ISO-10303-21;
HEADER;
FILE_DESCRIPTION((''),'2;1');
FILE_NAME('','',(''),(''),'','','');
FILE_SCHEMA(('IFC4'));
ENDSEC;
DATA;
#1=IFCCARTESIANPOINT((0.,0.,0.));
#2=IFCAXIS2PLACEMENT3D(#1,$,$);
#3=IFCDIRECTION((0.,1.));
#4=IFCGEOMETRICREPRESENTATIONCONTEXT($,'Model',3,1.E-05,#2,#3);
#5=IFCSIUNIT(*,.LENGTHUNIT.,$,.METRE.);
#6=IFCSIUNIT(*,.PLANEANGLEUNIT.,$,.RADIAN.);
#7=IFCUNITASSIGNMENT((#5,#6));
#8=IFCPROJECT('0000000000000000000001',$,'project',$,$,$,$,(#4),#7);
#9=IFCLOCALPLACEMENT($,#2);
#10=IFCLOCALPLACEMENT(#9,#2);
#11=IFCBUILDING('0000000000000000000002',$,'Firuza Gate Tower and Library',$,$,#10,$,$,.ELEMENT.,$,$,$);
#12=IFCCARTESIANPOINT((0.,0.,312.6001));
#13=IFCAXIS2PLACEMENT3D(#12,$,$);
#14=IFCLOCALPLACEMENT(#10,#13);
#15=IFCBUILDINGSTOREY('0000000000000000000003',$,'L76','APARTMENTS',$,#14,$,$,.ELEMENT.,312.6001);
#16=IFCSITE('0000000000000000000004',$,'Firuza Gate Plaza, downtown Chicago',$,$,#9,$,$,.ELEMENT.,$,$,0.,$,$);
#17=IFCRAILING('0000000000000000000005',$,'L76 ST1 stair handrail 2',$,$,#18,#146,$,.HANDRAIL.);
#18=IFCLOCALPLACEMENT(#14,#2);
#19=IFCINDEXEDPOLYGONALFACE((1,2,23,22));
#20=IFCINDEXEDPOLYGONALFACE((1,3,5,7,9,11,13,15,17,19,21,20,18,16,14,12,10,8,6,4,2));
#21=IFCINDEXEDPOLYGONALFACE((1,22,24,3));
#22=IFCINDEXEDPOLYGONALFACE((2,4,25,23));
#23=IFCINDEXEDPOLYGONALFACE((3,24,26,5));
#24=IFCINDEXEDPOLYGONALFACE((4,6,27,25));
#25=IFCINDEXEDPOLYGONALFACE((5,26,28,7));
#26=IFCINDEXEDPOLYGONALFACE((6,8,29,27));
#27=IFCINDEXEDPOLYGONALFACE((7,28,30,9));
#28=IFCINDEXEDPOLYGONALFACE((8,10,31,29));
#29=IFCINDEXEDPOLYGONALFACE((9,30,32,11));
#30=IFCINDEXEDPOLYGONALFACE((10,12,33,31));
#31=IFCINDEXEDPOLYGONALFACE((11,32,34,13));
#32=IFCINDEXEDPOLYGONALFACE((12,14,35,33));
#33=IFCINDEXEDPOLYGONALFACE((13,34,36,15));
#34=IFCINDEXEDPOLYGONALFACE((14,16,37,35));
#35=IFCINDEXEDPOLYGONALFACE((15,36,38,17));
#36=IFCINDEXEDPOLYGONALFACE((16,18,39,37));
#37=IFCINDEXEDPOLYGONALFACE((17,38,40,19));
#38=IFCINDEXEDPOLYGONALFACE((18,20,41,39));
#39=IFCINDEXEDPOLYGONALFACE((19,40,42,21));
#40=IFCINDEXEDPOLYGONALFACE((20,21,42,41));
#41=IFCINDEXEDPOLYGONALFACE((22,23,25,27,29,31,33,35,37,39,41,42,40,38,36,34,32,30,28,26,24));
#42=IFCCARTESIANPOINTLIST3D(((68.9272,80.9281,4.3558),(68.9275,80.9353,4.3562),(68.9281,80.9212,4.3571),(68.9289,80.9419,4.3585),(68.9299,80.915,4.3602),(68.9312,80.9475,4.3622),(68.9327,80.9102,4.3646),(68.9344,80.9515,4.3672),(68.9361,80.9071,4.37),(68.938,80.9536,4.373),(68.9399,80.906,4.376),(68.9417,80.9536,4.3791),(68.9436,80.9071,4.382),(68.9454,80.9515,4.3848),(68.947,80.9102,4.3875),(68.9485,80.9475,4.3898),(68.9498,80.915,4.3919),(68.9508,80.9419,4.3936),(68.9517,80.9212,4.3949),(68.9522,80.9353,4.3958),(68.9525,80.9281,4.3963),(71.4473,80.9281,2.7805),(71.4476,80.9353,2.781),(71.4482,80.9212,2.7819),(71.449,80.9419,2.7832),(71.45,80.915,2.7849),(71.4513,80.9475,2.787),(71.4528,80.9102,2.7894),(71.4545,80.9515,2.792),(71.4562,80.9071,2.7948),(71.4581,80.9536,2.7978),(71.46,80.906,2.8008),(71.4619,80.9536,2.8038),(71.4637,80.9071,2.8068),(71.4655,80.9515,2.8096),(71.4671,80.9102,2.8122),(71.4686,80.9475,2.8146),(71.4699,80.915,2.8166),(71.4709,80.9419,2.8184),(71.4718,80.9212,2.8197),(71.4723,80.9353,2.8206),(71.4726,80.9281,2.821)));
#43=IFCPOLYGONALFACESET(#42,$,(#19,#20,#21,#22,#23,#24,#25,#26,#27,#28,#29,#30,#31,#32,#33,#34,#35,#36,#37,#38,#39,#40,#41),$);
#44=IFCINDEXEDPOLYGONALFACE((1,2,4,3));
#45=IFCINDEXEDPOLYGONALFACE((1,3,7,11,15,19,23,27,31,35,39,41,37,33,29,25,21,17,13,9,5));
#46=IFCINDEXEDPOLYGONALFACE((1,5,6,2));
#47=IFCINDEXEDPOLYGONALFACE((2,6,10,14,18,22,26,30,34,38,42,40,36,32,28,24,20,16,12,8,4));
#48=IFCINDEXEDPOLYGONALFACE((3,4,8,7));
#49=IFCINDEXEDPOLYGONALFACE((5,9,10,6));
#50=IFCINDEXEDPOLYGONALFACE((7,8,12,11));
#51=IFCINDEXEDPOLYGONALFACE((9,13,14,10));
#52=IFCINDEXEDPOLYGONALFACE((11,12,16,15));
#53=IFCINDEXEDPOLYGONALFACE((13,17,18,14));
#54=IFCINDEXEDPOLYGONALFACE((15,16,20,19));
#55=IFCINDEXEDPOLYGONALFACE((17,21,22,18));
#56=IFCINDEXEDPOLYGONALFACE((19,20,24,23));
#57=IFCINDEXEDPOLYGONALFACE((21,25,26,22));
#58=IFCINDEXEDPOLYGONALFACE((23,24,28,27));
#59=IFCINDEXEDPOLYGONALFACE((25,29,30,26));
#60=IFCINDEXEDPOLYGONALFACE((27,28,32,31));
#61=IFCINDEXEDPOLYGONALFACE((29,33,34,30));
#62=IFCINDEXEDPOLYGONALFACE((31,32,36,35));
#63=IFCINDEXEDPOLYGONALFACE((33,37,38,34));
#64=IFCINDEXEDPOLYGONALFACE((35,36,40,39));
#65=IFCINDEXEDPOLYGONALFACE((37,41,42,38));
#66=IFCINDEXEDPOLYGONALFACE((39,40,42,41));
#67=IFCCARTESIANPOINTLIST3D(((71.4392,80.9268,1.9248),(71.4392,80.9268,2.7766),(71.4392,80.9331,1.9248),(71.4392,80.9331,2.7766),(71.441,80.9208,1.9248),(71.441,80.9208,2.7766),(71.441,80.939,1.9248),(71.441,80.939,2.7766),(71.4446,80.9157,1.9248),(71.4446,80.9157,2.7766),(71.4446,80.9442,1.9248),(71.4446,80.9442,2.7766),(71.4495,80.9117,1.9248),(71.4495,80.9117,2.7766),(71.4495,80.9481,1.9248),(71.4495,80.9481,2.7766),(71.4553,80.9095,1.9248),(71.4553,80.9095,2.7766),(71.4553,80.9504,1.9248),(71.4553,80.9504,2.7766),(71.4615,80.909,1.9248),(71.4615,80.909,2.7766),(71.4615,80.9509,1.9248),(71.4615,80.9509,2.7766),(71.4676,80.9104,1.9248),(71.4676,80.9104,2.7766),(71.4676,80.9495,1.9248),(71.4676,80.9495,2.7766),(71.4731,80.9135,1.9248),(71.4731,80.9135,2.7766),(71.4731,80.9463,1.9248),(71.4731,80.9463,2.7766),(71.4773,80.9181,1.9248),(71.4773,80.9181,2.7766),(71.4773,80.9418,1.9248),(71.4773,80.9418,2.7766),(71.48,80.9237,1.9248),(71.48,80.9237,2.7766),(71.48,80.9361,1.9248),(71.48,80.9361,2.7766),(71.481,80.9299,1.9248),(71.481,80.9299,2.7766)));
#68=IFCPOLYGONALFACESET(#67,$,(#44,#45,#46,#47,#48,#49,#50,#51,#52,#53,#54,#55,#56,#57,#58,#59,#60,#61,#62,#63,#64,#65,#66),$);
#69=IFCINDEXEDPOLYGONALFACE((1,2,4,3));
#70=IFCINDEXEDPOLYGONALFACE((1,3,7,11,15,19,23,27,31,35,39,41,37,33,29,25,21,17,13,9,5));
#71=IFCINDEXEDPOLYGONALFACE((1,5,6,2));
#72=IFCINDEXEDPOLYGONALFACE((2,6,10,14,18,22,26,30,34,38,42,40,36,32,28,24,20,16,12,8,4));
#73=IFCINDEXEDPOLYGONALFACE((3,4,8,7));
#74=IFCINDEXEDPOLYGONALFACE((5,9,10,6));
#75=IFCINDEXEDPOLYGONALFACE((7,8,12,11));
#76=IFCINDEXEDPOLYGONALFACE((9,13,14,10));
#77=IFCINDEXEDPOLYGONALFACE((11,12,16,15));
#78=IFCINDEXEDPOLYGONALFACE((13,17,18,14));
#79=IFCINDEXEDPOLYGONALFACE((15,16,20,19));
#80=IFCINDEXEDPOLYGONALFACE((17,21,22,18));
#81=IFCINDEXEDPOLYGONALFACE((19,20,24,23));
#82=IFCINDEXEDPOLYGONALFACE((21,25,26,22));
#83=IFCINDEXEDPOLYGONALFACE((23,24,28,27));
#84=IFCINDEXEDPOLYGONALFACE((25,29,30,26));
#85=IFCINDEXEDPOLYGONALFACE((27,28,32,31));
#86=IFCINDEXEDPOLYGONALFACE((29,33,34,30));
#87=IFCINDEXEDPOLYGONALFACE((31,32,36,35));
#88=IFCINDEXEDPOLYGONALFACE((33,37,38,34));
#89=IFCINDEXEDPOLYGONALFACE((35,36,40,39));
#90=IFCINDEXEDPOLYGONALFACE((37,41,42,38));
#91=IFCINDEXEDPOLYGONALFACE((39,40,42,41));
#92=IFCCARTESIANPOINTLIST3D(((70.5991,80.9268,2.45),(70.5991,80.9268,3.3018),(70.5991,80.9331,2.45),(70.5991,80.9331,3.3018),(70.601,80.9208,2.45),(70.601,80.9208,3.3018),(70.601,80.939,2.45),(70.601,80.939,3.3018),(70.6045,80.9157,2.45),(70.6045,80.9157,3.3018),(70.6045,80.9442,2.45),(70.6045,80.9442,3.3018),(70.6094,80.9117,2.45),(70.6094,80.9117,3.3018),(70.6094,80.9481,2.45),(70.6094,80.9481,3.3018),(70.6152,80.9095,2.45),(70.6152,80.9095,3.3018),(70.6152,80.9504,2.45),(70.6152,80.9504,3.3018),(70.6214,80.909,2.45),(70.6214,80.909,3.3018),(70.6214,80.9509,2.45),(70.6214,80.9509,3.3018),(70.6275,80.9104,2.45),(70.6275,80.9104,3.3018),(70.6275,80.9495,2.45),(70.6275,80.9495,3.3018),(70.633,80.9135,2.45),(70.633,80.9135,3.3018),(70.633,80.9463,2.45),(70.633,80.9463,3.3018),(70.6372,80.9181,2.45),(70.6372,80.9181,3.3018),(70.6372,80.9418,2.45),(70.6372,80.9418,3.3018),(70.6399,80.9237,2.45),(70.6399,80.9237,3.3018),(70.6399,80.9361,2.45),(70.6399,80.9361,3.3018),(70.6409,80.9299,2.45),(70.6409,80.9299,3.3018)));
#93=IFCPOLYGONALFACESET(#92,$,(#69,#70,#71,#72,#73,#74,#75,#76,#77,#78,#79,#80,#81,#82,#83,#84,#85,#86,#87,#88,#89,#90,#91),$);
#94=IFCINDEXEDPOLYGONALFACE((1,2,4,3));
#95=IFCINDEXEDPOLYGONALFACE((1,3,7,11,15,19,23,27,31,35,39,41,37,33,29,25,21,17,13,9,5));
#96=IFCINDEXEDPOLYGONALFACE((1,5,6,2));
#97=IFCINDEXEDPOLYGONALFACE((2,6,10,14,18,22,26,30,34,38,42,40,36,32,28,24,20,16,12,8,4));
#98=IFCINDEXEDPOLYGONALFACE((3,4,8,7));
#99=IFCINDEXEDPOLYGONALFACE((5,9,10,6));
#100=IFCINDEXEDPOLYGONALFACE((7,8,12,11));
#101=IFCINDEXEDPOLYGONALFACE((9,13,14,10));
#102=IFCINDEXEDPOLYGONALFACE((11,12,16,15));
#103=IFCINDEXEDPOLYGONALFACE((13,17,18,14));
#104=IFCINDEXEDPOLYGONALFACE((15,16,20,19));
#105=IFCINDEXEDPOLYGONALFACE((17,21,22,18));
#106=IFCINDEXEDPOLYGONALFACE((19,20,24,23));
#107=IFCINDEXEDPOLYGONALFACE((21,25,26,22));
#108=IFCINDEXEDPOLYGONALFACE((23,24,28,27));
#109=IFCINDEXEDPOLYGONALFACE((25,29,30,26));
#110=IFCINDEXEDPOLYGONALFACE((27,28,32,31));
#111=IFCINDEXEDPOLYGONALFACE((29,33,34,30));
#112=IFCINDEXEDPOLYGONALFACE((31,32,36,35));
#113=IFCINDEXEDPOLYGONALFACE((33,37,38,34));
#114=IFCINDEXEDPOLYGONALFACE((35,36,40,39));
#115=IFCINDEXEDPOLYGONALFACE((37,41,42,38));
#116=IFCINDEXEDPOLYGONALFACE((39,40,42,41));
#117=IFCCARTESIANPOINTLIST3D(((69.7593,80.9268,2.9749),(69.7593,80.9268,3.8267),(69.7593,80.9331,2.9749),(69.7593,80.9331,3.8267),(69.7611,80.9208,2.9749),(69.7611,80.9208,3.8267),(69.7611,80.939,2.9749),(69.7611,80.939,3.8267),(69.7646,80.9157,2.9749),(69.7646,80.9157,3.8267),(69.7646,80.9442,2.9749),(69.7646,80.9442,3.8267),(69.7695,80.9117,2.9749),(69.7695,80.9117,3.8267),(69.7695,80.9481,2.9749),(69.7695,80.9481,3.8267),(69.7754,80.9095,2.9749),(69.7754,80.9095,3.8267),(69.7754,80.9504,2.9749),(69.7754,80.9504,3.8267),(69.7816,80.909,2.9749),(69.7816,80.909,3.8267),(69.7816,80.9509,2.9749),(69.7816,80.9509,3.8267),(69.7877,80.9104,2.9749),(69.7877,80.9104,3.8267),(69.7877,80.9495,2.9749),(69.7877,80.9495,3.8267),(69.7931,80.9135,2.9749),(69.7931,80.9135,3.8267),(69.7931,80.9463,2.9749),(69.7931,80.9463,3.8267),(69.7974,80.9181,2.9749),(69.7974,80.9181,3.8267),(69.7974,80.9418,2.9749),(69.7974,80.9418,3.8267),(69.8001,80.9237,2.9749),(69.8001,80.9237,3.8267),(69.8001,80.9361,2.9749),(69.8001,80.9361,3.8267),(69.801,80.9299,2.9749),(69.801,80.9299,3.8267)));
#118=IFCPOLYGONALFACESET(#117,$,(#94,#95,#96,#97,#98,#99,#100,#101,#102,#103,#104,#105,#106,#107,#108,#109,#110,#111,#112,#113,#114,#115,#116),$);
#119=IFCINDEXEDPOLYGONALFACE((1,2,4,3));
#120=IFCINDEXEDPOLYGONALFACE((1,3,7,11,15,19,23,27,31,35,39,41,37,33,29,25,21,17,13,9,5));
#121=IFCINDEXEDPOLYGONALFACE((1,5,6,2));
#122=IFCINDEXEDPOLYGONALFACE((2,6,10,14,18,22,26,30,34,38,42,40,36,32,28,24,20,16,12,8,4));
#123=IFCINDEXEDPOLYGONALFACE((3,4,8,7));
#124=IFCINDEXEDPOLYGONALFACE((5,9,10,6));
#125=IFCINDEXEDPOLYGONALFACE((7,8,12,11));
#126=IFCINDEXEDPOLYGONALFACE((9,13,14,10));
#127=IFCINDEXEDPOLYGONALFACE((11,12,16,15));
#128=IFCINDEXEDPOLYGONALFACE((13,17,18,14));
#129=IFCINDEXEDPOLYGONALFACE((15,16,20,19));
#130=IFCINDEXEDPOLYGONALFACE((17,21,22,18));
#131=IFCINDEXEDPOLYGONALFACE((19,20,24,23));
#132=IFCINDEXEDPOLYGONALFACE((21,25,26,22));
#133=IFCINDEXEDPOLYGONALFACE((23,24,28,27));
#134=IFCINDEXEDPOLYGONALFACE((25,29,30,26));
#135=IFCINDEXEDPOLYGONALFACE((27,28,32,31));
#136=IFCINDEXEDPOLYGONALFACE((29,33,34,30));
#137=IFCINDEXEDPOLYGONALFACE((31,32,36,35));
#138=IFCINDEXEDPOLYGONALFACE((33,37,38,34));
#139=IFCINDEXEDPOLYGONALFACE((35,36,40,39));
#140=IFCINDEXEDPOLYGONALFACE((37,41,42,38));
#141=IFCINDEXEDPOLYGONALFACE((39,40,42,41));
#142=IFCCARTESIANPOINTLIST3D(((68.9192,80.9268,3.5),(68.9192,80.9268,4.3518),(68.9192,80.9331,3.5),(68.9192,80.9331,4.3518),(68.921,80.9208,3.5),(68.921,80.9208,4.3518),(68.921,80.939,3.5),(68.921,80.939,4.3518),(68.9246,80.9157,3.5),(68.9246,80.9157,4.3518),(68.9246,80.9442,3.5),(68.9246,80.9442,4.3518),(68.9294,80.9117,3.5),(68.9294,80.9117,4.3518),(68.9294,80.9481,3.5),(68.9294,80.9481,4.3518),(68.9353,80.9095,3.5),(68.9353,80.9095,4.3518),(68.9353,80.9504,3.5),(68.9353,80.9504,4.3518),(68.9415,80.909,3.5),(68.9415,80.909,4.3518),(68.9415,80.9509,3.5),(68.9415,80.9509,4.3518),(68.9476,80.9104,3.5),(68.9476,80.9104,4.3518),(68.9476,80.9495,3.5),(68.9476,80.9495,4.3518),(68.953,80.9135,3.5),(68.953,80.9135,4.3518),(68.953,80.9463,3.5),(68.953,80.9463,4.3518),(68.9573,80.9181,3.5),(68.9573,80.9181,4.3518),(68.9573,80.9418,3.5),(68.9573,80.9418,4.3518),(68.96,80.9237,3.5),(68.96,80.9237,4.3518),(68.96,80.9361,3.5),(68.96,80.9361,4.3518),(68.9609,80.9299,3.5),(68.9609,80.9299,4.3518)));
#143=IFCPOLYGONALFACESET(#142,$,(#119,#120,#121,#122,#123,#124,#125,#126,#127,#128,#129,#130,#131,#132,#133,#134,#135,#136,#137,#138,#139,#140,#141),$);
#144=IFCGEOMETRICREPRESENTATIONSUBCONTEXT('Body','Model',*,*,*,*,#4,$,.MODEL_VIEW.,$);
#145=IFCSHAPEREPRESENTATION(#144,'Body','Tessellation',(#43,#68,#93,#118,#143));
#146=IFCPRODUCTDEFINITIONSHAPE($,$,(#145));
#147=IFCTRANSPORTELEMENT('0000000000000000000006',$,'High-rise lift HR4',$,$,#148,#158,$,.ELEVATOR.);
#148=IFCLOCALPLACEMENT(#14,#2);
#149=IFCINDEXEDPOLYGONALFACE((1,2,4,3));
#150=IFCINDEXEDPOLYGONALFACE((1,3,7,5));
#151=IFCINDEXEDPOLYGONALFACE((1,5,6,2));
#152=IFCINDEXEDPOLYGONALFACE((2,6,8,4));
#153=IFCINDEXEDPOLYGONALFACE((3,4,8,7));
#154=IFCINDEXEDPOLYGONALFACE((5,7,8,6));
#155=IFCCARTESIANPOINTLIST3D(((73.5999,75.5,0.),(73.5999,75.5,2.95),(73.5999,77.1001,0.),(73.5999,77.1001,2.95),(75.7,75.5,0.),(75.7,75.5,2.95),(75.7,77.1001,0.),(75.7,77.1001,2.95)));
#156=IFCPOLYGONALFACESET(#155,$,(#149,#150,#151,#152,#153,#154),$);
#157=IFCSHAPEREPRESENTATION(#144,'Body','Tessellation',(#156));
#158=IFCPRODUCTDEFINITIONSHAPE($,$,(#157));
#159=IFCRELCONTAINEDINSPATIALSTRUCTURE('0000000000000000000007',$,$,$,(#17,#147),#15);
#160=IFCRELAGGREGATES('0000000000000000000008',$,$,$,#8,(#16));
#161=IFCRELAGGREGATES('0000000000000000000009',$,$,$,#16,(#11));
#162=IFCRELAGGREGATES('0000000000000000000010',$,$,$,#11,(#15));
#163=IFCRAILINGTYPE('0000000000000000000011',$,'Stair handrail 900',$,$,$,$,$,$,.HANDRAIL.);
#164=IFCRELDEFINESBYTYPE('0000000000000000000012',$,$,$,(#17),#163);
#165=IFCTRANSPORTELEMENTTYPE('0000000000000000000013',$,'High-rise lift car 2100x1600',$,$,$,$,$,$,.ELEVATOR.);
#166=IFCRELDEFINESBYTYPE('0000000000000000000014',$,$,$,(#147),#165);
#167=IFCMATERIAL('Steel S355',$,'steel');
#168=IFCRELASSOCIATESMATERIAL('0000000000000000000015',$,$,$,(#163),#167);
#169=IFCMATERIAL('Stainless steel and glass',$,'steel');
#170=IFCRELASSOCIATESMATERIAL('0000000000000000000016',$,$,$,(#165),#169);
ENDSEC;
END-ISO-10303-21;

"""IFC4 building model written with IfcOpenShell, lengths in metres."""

from ifc_helpers import new_model, si_unit, direction, frame, origin, origin_2d, place, context, subcontext, project, spatial, rectangle, circle, extrude, material, type_object, element, save


model = new_model("IFC4")

# Units and contexts
model_context = context("Model", 3, precision=1e-05, world=origin(), true_north=direction((0.0, 1.0)))
body_context = subcontext(model_context, "Body", "Model", "MODEL_VIEW")
ifc_project = project(units=[si_unit("LENGTHUNIT", "METRE"), si_unit("PLANEANGLEUNIT", "RADIAN")], contexts=[model_context])

# Site, building, storey
site_placement = place(None, origin())
site = spatial("IfcSite", under=ifc_project, at=site_placement, Name="Firuza Gate Plaza, downtown Chicago", CompositionType="ELEMENT", RefElevation=0.0)
building_placement = place(site_placement, origin())
building = spatial("IfcBuilding", under=site, at=building_placement, Name="Firuza Gate Tower and Library", CompositionType="ELEMENT")
storey_placement = place(building_placement, frame((0.0, 0.0, 312.6001)))
storey = spatial("IfcBuildingStorey", under=building, at=storey_placement, Name="L76", Description="APARTMENTS", CompositionType="ELEMENT", Elevation=312.6001)

# Railing
ifc_material_1 = material(Name="Steel S355", Category="steel")
railing_type_1 = type_object("IfcRailingType", Name="Stair handrail 900", PredefinedType="HANDRAIL", material=ifc_material_1)
railing_1_placement = place(storey_placement, frame((71.46, 80.9299, 1.9248)))
element("IfcRailing", 1, at=railing_1_placement, inside=storey, type_object=railing_type_1, Name="L76 ST1 stair handrail 2", PredefinedType="HANDRAIL", context=body_context, shape_type="SweptSolid", body=[
    extrude(circle(Radius=0.0239, at=origin_2d()), frame((0.0, 0.0, 0.876), z_axis=(-0.847971, 0.0, 0.530043), x_axis=(0.0, -1.0, 0.0)), (0.0, 0.0, 1.0), 2.9719),
    extrude(circle(Radius=0.021, at=origin_2d()), origin(), (0.0, 0.0, 1.0), 0.8518),
    extrude(circle(Radius=0.021, at=origin_2d()), frame((-0.8401, 0.0, 0.5251)), (0.0, 0.0, 1.0), 0.8518),
    extrude(circle(Radius=0.021, at=origin_2d()), frame((-1.6799, 0.0, 1.05)), (0.0, 0.0, 1.0), 0.8518),
    extrude(circle(Radius=0.021, at=origin_2d()), frame((-2.52, 0.0, 1.5752)), (0.0, 0.0, 1.0), 0.8518),
])

# Transport element
ifc_material_2 = material(Name="Stainless steel and glass", Category="steel")
transport_element_type = type_object("IfcTransportElementType", Name="High-rise lift car 2100x1600", PredefinedType="ELEVATOR", material=ifc_material_2)
transport_element_placement = place(storey_placement, frame((74.6499, 76.3, 0.0), z_axis=(0.0, 0.0, 1.0), x_axis=(1.0, 0.0, 0.0)))
element("IfcTransportElement", 2, at=transport_element_placement, inside=storey, type_object=transport_element_type, Name="High-rise lift HR4", PredefinedType="ELEVATOR", context=body_context, shape_type="SweptSolid", body=[
    extrude(rectangle(XDim=2.1001, YDim=1.6001, at=origin_2d()), origin(), (0.0, 0.0, 1.0), 2.95),
])

save(model, "model.ifc")
